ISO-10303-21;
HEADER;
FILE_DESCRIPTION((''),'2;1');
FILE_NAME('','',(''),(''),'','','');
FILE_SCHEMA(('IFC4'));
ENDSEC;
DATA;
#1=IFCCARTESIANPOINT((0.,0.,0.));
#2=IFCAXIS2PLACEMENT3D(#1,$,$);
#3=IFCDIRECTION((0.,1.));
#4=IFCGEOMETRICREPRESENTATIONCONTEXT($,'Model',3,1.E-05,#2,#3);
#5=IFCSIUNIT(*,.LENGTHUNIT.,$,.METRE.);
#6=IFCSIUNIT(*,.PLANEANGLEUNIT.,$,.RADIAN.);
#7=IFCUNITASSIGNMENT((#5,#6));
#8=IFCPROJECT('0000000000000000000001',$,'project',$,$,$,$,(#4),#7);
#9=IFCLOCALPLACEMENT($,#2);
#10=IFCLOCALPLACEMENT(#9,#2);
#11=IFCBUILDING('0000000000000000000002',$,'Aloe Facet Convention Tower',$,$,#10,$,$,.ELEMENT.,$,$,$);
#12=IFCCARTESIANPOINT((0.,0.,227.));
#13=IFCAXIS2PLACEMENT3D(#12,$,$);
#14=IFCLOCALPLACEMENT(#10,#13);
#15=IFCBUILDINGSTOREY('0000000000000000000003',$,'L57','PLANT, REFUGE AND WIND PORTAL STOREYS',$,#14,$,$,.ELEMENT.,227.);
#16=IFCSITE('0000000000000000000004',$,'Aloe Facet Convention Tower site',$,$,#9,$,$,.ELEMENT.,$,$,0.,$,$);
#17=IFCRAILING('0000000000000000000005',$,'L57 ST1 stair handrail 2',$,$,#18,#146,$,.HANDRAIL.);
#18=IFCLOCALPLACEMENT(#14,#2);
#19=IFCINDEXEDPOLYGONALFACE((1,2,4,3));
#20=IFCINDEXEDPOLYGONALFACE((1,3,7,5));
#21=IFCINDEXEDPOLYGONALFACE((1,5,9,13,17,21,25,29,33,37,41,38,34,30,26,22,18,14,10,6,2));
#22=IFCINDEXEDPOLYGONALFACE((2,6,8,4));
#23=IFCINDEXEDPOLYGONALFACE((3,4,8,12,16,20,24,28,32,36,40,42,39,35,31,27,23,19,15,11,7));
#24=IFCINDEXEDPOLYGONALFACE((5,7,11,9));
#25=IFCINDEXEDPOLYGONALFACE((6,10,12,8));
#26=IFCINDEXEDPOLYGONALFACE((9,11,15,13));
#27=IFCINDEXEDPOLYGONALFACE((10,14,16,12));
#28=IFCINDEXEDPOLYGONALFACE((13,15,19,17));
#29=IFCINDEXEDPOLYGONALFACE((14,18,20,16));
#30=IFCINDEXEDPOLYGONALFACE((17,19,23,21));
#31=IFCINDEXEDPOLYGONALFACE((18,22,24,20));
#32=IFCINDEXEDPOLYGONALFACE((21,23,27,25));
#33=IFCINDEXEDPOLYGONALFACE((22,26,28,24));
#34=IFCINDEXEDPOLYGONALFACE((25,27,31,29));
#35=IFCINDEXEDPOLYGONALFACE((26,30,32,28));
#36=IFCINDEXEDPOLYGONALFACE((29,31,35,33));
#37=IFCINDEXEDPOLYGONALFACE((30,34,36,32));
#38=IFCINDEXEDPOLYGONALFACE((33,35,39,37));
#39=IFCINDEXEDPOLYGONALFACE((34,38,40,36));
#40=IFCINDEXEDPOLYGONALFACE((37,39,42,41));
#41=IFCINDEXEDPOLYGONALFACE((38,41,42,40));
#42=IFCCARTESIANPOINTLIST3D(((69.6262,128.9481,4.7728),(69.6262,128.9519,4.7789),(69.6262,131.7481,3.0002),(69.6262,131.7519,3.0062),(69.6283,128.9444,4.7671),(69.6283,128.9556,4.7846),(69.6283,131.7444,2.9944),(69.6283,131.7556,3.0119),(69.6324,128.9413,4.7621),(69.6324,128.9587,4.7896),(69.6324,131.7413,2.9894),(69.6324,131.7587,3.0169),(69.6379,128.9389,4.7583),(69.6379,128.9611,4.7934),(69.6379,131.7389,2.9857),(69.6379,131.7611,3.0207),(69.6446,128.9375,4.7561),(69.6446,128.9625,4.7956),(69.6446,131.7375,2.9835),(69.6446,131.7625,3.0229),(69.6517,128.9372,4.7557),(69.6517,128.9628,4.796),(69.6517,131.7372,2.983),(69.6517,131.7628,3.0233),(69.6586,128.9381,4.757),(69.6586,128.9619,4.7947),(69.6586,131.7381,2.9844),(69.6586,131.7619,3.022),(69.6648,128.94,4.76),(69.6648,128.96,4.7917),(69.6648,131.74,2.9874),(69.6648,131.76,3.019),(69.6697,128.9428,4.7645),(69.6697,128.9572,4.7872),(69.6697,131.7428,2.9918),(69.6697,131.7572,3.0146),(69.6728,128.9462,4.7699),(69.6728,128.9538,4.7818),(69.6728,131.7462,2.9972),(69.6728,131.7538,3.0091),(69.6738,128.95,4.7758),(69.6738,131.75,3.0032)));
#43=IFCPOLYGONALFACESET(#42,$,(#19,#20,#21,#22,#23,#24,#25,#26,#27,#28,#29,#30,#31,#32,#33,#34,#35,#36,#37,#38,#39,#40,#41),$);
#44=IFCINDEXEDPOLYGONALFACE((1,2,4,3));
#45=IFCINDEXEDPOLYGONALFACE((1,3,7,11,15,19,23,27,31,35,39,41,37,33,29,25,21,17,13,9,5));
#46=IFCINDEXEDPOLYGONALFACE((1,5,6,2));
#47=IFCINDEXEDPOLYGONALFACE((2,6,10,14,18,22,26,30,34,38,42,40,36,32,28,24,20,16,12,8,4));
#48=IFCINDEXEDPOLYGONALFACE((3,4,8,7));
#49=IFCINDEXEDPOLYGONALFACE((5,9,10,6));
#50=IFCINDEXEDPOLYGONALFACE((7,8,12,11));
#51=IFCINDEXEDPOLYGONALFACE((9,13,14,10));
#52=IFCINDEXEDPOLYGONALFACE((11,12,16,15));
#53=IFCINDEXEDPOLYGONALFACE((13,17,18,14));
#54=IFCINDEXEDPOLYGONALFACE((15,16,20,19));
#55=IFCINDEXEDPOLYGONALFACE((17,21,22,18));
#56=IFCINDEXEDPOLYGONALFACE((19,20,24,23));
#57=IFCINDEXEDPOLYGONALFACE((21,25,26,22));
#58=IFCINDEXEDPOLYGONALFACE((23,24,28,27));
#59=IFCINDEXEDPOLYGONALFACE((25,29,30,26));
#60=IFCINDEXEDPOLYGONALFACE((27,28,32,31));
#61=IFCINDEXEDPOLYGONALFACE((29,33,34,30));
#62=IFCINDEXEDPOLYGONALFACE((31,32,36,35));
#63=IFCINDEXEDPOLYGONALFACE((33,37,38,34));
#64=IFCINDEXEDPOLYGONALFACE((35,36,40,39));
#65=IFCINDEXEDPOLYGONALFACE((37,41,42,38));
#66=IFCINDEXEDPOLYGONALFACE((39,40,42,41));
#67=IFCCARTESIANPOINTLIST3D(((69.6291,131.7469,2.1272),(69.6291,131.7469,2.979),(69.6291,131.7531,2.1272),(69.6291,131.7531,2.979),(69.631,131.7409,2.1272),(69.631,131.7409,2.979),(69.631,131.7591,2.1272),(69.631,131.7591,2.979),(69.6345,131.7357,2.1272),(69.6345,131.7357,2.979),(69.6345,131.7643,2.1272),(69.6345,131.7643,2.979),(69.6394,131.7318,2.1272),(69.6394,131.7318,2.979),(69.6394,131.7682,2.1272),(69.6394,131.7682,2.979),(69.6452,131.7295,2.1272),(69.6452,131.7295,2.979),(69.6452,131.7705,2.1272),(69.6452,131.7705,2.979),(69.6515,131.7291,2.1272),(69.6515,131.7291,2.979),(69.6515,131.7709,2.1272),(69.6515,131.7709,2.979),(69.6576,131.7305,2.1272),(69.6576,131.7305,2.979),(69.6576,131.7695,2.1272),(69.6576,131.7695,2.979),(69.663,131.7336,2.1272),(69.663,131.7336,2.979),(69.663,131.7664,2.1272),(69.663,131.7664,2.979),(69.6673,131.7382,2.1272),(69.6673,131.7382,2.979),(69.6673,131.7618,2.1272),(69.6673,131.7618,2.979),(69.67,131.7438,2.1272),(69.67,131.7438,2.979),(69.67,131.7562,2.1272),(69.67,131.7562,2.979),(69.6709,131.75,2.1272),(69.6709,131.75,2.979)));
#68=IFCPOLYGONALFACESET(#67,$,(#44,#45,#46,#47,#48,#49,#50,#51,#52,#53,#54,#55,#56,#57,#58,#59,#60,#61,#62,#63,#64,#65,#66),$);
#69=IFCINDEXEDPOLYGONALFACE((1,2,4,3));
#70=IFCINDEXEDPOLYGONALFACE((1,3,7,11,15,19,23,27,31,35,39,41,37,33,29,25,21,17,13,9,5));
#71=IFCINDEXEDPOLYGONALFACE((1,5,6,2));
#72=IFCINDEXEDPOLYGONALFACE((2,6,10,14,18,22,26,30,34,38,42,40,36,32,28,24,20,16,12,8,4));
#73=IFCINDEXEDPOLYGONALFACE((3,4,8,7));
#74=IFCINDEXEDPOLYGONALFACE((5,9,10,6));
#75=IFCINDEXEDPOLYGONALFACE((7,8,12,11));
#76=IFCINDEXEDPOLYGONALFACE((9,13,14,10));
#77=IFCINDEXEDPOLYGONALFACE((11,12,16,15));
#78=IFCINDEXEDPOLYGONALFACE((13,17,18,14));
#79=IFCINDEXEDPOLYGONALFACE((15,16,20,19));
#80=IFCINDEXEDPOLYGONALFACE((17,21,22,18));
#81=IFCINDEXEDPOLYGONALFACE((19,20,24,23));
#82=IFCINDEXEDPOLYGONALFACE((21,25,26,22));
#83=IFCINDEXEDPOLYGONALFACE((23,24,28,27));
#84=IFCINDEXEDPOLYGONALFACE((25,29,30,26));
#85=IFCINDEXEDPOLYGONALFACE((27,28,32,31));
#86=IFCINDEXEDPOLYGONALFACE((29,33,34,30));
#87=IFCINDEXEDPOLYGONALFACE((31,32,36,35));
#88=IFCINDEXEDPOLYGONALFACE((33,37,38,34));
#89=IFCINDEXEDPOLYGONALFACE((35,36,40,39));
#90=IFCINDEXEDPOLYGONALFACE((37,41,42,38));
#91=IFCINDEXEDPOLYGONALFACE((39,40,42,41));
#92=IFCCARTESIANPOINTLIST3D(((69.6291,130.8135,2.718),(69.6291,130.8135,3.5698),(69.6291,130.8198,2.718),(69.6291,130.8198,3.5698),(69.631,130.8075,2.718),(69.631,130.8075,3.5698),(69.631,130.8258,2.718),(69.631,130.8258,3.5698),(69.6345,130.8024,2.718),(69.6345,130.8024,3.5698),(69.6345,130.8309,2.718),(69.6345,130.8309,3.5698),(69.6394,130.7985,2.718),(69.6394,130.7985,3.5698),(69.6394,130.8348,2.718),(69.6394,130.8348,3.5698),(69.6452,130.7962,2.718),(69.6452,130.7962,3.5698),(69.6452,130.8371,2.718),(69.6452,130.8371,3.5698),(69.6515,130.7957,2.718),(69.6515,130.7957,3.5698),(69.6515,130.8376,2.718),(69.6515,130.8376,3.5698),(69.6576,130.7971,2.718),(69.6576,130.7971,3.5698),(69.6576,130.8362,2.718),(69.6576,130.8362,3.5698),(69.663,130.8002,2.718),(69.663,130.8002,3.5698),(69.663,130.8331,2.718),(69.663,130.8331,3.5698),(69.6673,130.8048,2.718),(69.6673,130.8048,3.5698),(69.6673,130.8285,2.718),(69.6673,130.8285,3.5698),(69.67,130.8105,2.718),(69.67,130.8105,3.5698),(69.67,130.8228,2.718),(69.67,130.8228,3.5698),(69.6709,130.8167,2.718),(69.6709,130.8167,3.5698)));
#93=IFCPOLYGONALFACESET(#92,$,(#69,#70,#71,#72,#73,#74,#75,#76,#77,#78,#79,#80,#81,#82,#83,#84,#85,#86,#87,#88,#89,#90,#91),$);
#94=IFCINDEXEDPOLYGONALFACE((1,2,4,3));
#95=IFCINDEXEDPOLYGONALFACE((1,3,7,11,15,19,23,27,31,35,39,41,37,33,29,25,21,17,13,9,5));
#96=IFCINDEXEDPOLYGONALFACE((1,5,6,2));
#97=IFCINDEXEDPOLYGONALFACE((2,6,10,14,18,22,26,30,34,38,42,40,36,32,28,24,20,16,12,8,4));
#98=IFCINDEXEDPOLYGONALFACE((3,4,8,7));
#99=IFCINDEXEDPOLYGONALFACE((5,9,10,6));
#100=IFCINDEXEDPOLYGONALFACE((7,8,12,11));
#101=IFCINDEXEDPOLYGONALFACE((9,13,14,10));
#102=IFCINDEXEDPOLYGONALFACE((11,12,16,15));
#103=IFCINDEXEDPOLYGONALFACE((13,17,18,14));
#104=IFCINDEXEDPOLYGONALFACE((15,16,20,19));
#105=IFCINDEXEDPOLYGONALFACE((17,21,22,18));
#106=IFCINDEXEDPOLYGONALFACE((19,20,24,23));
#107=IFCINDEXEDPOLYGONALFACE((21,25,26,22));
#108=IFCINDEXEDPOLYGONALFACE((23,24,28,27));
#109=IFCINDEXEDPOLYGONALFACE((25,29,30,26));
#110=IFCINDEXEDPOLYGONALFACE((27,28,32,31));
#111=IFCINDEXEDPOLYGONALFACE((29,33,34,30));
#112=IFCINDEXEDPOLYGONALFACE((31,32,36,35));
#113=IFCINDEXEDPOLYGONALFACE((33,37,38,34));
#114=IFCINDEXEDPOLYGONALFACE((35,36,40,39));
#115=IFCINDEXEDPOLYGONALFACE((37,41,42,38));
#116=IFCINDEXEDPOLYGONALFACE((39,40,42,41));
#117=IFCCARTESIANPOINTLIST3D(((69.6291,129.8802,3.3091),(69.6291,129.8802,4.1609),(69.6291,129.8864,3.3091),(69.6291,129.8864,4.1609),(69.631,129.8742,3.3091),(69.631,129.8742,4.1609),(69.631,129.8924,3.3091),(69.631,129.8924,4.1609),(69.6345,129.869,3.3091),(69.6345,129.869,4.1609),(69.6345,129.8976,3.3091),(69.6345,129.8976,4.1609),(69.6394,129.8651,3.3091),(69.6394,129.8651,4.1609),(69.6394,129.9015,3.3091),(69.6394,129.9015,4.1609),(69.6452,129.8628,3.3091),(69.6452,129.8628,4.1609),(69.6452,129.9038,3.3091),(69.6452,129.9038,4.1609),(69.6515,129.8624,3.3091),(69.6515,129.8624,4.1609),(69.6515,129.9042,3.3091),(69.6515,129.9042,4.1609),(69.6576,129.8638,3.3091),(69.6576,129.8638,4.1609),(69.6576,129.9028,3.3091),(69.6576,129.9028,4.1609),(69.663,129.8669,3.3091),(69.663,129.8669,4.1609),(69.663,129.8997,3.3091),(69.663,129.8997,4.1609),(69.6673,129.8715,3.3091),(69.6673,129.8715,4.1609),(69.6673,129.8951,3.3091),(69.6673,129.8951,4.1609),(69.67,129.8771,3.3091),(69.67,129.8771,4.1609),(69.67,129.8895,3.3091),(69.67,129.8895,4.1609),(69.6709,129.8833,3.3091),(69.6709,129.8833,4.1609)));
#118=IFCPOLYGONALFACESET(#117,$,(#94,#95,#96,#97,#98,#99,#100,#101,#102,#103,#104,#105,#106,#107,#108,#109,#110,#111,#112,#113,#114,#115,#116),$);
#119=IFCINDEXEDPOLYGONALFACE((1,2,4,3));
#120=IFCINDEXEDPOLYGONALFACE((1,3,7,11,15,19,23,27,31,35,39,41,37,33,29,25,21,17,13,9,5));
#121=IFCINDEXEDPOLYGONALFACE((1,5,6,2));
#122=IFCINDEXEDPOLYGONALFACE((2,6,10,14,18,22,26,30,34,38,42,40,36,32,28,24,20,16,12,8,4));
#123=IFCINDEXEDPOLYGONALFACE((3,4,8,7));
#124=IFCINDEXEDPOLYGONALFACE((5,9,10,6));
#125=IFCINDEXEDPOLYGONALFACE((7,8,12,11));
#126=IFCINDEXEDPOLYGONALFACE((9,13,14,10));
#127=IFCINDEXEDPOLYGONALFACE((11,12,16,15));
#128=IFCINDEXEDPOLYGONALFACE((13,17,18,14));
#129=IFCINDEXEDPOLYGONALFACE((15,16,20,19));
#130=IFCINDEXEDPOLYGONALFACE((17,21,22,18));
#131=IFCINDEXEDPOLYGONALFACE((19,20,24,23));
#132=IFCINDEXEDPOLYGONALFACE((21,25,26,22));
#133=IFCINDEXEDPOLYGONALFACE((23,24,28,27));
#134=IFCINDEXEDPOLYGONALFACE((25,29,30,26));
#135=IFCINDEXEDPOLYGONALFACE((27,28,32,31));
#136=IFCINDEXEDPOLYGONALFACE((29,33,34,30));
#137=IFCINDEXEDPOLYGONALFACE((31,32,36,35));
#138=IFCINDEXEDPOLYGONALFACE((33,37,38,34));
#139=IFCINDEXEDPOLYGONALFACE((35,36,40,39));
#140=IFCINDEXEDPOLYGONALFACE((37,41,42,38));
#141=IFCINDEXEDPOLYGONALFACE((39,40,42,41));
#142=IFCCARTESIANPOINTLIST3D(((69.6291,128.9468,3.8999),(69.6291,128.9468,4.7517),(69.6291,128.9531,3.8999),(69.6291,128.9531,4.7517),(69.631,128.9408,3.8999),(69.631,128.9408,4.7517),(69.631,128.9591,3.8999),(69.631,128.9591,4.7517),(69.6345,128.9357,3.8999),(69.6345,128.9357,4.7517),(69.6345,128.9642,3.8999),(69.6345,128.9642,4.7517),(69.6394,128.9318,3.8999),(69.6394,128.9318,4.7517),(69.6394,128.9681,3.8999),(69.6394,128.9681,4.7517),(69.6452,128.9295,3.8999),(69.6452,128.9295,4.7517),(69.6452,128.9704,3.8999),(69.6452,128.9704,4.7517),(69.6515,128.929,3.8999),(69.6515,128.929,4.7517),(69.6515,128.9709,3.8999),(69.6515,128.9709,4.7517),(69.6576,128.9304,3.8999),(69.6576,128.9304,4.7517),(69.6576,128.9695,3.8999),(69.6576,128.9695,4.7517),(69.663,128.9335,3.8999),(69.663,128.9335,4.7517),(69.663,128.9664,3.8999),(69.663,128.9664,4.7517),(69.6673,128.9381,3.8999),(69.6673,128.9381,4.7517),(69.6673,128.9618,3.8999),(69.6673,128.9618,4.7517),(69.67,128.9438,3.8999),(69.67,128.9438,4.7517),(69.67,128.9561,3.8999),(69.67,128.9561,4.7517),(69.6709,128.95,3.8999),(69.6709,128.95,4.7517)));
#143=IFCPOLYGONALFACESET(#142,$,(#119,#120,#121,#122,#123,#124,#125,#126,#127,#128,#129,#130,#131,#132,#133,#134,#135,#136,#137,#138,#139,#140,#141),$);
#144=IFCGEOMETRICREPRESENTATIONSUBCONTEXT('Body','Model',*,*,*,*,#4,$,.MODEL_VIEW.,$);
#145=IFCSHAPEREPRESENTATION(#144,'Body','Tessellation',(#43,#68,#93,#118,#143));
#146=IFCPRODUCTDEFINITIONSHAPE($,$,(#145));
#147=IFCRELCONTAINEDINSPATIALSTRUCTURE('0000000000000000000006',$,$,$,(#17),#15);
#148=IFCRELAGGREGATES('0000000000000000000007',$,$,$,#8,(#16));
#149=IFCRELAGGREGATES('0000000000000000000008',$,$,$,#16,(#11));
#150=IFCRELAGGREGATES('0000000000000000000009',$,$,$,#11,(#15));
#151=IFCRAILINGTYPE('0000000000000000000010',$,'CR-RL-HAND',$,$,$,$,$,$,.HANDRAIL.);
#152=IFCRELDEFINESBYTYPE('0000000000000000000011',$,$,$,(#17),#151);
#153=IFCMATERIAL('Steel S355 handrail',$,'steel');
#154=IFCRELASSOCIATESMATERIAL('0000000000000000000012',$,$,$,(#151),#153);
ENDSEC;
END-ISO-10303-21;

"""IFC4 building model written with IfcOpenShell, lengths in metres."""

from ifc_helpers import new_model, si_unit, direction, frame, origin, origin_2d, place, context, subcontext, project, spatial, circle, extrude, material, type_object, element, save


model = new_model("IFC4")

# Units and contexts
model_context = context("Model", 3, precision=1e-05, world=origin(), true_north=direction((0.0, 1.0)))
body_context = subcontext(model_context, "Body", "Model", "MODEL_VIEW")
ifc_project = project(units=[si_unit("LENGTHUNIT", "METRE"), si_unit("PLANEANGLEUNIT", "RADIAN")], contexts=[model_context])

# Site, building, storey
site_placement = place(None, origin())
site = spatial("IfcSite", under=ifc_project, at=site_placement, Name="Aloe Facet Convention Tower site", CompositionType="ELEMENT", RefElevation=0.0)
building_placement = place(site_placement, origin())
building = spatial("IfcBuilding", under=site, at=building_placement, Name="Aloe Facet Convention Tower", CompositionType="ELEMENT")
storey_placement = place(building_placement, frame((0.0, 0.0, 227.0)))
storey = spatial("IfcBuildingStorey", under=building, at=storey_placement, Name="L57", Description="PLANT, REFUGE AND WIND PORTAL STOREYS", CompositionType="ELEMENT", Elevation=227.0)

# Railing
ifc_material_1 = material(Name="Steel S355 handrail", Category="steel")
railing_type_1 = type_object("IfcRailingType", Name="CR-RL-HAND", PredefinedType="HANDRAIL", material=ifc_material_1)
for number, where, name in (
    (1, (69.6499, 131.75, 2.1272), "L57 ST1 stair handrail 2"),
):
    element("IfcRailing", number, at=place(storey_placement, frame(where)), inside=storey, type_object=railing_type_1, Name=name, PredefinedType="HANDRAIL", context=body_context, shape_type="SweptSolid", body=[
        extrude(circle(Radius=0.0239, at=origin_2d()), frame((0.0, 0.0, 0.876), z_axis=(0.0, -0.844909, 0.53491), x_axis=(1.0, 0.0, 0.0)), (0.0, 0.0, 1.0), 3.314),
        extrude(circle(Radius=0.021, at=origin_2d()), origin(), (0.0, 0.0, 1.0), 0.8518),
        extrude(circle(Radius=0.021, at=origin_2d()), frame((0.0, -0.9333, 0.5908)), (0.0, 0.0, 1.0), 0.8518),
        extrude(circle(Radius=0.021, at=origin_2d()), frame((0.0, -1.8667, 1.1819)), (0.0, 0.0, 1.0), 0.8518),
        extrude(circle(Radius=0.021, at=origin_2d()), frame((0.0, -2.8, 1.7727)), (0.0, 0.0, 1.0), 0.8518),
    ])

save(model, "model.ifc")
